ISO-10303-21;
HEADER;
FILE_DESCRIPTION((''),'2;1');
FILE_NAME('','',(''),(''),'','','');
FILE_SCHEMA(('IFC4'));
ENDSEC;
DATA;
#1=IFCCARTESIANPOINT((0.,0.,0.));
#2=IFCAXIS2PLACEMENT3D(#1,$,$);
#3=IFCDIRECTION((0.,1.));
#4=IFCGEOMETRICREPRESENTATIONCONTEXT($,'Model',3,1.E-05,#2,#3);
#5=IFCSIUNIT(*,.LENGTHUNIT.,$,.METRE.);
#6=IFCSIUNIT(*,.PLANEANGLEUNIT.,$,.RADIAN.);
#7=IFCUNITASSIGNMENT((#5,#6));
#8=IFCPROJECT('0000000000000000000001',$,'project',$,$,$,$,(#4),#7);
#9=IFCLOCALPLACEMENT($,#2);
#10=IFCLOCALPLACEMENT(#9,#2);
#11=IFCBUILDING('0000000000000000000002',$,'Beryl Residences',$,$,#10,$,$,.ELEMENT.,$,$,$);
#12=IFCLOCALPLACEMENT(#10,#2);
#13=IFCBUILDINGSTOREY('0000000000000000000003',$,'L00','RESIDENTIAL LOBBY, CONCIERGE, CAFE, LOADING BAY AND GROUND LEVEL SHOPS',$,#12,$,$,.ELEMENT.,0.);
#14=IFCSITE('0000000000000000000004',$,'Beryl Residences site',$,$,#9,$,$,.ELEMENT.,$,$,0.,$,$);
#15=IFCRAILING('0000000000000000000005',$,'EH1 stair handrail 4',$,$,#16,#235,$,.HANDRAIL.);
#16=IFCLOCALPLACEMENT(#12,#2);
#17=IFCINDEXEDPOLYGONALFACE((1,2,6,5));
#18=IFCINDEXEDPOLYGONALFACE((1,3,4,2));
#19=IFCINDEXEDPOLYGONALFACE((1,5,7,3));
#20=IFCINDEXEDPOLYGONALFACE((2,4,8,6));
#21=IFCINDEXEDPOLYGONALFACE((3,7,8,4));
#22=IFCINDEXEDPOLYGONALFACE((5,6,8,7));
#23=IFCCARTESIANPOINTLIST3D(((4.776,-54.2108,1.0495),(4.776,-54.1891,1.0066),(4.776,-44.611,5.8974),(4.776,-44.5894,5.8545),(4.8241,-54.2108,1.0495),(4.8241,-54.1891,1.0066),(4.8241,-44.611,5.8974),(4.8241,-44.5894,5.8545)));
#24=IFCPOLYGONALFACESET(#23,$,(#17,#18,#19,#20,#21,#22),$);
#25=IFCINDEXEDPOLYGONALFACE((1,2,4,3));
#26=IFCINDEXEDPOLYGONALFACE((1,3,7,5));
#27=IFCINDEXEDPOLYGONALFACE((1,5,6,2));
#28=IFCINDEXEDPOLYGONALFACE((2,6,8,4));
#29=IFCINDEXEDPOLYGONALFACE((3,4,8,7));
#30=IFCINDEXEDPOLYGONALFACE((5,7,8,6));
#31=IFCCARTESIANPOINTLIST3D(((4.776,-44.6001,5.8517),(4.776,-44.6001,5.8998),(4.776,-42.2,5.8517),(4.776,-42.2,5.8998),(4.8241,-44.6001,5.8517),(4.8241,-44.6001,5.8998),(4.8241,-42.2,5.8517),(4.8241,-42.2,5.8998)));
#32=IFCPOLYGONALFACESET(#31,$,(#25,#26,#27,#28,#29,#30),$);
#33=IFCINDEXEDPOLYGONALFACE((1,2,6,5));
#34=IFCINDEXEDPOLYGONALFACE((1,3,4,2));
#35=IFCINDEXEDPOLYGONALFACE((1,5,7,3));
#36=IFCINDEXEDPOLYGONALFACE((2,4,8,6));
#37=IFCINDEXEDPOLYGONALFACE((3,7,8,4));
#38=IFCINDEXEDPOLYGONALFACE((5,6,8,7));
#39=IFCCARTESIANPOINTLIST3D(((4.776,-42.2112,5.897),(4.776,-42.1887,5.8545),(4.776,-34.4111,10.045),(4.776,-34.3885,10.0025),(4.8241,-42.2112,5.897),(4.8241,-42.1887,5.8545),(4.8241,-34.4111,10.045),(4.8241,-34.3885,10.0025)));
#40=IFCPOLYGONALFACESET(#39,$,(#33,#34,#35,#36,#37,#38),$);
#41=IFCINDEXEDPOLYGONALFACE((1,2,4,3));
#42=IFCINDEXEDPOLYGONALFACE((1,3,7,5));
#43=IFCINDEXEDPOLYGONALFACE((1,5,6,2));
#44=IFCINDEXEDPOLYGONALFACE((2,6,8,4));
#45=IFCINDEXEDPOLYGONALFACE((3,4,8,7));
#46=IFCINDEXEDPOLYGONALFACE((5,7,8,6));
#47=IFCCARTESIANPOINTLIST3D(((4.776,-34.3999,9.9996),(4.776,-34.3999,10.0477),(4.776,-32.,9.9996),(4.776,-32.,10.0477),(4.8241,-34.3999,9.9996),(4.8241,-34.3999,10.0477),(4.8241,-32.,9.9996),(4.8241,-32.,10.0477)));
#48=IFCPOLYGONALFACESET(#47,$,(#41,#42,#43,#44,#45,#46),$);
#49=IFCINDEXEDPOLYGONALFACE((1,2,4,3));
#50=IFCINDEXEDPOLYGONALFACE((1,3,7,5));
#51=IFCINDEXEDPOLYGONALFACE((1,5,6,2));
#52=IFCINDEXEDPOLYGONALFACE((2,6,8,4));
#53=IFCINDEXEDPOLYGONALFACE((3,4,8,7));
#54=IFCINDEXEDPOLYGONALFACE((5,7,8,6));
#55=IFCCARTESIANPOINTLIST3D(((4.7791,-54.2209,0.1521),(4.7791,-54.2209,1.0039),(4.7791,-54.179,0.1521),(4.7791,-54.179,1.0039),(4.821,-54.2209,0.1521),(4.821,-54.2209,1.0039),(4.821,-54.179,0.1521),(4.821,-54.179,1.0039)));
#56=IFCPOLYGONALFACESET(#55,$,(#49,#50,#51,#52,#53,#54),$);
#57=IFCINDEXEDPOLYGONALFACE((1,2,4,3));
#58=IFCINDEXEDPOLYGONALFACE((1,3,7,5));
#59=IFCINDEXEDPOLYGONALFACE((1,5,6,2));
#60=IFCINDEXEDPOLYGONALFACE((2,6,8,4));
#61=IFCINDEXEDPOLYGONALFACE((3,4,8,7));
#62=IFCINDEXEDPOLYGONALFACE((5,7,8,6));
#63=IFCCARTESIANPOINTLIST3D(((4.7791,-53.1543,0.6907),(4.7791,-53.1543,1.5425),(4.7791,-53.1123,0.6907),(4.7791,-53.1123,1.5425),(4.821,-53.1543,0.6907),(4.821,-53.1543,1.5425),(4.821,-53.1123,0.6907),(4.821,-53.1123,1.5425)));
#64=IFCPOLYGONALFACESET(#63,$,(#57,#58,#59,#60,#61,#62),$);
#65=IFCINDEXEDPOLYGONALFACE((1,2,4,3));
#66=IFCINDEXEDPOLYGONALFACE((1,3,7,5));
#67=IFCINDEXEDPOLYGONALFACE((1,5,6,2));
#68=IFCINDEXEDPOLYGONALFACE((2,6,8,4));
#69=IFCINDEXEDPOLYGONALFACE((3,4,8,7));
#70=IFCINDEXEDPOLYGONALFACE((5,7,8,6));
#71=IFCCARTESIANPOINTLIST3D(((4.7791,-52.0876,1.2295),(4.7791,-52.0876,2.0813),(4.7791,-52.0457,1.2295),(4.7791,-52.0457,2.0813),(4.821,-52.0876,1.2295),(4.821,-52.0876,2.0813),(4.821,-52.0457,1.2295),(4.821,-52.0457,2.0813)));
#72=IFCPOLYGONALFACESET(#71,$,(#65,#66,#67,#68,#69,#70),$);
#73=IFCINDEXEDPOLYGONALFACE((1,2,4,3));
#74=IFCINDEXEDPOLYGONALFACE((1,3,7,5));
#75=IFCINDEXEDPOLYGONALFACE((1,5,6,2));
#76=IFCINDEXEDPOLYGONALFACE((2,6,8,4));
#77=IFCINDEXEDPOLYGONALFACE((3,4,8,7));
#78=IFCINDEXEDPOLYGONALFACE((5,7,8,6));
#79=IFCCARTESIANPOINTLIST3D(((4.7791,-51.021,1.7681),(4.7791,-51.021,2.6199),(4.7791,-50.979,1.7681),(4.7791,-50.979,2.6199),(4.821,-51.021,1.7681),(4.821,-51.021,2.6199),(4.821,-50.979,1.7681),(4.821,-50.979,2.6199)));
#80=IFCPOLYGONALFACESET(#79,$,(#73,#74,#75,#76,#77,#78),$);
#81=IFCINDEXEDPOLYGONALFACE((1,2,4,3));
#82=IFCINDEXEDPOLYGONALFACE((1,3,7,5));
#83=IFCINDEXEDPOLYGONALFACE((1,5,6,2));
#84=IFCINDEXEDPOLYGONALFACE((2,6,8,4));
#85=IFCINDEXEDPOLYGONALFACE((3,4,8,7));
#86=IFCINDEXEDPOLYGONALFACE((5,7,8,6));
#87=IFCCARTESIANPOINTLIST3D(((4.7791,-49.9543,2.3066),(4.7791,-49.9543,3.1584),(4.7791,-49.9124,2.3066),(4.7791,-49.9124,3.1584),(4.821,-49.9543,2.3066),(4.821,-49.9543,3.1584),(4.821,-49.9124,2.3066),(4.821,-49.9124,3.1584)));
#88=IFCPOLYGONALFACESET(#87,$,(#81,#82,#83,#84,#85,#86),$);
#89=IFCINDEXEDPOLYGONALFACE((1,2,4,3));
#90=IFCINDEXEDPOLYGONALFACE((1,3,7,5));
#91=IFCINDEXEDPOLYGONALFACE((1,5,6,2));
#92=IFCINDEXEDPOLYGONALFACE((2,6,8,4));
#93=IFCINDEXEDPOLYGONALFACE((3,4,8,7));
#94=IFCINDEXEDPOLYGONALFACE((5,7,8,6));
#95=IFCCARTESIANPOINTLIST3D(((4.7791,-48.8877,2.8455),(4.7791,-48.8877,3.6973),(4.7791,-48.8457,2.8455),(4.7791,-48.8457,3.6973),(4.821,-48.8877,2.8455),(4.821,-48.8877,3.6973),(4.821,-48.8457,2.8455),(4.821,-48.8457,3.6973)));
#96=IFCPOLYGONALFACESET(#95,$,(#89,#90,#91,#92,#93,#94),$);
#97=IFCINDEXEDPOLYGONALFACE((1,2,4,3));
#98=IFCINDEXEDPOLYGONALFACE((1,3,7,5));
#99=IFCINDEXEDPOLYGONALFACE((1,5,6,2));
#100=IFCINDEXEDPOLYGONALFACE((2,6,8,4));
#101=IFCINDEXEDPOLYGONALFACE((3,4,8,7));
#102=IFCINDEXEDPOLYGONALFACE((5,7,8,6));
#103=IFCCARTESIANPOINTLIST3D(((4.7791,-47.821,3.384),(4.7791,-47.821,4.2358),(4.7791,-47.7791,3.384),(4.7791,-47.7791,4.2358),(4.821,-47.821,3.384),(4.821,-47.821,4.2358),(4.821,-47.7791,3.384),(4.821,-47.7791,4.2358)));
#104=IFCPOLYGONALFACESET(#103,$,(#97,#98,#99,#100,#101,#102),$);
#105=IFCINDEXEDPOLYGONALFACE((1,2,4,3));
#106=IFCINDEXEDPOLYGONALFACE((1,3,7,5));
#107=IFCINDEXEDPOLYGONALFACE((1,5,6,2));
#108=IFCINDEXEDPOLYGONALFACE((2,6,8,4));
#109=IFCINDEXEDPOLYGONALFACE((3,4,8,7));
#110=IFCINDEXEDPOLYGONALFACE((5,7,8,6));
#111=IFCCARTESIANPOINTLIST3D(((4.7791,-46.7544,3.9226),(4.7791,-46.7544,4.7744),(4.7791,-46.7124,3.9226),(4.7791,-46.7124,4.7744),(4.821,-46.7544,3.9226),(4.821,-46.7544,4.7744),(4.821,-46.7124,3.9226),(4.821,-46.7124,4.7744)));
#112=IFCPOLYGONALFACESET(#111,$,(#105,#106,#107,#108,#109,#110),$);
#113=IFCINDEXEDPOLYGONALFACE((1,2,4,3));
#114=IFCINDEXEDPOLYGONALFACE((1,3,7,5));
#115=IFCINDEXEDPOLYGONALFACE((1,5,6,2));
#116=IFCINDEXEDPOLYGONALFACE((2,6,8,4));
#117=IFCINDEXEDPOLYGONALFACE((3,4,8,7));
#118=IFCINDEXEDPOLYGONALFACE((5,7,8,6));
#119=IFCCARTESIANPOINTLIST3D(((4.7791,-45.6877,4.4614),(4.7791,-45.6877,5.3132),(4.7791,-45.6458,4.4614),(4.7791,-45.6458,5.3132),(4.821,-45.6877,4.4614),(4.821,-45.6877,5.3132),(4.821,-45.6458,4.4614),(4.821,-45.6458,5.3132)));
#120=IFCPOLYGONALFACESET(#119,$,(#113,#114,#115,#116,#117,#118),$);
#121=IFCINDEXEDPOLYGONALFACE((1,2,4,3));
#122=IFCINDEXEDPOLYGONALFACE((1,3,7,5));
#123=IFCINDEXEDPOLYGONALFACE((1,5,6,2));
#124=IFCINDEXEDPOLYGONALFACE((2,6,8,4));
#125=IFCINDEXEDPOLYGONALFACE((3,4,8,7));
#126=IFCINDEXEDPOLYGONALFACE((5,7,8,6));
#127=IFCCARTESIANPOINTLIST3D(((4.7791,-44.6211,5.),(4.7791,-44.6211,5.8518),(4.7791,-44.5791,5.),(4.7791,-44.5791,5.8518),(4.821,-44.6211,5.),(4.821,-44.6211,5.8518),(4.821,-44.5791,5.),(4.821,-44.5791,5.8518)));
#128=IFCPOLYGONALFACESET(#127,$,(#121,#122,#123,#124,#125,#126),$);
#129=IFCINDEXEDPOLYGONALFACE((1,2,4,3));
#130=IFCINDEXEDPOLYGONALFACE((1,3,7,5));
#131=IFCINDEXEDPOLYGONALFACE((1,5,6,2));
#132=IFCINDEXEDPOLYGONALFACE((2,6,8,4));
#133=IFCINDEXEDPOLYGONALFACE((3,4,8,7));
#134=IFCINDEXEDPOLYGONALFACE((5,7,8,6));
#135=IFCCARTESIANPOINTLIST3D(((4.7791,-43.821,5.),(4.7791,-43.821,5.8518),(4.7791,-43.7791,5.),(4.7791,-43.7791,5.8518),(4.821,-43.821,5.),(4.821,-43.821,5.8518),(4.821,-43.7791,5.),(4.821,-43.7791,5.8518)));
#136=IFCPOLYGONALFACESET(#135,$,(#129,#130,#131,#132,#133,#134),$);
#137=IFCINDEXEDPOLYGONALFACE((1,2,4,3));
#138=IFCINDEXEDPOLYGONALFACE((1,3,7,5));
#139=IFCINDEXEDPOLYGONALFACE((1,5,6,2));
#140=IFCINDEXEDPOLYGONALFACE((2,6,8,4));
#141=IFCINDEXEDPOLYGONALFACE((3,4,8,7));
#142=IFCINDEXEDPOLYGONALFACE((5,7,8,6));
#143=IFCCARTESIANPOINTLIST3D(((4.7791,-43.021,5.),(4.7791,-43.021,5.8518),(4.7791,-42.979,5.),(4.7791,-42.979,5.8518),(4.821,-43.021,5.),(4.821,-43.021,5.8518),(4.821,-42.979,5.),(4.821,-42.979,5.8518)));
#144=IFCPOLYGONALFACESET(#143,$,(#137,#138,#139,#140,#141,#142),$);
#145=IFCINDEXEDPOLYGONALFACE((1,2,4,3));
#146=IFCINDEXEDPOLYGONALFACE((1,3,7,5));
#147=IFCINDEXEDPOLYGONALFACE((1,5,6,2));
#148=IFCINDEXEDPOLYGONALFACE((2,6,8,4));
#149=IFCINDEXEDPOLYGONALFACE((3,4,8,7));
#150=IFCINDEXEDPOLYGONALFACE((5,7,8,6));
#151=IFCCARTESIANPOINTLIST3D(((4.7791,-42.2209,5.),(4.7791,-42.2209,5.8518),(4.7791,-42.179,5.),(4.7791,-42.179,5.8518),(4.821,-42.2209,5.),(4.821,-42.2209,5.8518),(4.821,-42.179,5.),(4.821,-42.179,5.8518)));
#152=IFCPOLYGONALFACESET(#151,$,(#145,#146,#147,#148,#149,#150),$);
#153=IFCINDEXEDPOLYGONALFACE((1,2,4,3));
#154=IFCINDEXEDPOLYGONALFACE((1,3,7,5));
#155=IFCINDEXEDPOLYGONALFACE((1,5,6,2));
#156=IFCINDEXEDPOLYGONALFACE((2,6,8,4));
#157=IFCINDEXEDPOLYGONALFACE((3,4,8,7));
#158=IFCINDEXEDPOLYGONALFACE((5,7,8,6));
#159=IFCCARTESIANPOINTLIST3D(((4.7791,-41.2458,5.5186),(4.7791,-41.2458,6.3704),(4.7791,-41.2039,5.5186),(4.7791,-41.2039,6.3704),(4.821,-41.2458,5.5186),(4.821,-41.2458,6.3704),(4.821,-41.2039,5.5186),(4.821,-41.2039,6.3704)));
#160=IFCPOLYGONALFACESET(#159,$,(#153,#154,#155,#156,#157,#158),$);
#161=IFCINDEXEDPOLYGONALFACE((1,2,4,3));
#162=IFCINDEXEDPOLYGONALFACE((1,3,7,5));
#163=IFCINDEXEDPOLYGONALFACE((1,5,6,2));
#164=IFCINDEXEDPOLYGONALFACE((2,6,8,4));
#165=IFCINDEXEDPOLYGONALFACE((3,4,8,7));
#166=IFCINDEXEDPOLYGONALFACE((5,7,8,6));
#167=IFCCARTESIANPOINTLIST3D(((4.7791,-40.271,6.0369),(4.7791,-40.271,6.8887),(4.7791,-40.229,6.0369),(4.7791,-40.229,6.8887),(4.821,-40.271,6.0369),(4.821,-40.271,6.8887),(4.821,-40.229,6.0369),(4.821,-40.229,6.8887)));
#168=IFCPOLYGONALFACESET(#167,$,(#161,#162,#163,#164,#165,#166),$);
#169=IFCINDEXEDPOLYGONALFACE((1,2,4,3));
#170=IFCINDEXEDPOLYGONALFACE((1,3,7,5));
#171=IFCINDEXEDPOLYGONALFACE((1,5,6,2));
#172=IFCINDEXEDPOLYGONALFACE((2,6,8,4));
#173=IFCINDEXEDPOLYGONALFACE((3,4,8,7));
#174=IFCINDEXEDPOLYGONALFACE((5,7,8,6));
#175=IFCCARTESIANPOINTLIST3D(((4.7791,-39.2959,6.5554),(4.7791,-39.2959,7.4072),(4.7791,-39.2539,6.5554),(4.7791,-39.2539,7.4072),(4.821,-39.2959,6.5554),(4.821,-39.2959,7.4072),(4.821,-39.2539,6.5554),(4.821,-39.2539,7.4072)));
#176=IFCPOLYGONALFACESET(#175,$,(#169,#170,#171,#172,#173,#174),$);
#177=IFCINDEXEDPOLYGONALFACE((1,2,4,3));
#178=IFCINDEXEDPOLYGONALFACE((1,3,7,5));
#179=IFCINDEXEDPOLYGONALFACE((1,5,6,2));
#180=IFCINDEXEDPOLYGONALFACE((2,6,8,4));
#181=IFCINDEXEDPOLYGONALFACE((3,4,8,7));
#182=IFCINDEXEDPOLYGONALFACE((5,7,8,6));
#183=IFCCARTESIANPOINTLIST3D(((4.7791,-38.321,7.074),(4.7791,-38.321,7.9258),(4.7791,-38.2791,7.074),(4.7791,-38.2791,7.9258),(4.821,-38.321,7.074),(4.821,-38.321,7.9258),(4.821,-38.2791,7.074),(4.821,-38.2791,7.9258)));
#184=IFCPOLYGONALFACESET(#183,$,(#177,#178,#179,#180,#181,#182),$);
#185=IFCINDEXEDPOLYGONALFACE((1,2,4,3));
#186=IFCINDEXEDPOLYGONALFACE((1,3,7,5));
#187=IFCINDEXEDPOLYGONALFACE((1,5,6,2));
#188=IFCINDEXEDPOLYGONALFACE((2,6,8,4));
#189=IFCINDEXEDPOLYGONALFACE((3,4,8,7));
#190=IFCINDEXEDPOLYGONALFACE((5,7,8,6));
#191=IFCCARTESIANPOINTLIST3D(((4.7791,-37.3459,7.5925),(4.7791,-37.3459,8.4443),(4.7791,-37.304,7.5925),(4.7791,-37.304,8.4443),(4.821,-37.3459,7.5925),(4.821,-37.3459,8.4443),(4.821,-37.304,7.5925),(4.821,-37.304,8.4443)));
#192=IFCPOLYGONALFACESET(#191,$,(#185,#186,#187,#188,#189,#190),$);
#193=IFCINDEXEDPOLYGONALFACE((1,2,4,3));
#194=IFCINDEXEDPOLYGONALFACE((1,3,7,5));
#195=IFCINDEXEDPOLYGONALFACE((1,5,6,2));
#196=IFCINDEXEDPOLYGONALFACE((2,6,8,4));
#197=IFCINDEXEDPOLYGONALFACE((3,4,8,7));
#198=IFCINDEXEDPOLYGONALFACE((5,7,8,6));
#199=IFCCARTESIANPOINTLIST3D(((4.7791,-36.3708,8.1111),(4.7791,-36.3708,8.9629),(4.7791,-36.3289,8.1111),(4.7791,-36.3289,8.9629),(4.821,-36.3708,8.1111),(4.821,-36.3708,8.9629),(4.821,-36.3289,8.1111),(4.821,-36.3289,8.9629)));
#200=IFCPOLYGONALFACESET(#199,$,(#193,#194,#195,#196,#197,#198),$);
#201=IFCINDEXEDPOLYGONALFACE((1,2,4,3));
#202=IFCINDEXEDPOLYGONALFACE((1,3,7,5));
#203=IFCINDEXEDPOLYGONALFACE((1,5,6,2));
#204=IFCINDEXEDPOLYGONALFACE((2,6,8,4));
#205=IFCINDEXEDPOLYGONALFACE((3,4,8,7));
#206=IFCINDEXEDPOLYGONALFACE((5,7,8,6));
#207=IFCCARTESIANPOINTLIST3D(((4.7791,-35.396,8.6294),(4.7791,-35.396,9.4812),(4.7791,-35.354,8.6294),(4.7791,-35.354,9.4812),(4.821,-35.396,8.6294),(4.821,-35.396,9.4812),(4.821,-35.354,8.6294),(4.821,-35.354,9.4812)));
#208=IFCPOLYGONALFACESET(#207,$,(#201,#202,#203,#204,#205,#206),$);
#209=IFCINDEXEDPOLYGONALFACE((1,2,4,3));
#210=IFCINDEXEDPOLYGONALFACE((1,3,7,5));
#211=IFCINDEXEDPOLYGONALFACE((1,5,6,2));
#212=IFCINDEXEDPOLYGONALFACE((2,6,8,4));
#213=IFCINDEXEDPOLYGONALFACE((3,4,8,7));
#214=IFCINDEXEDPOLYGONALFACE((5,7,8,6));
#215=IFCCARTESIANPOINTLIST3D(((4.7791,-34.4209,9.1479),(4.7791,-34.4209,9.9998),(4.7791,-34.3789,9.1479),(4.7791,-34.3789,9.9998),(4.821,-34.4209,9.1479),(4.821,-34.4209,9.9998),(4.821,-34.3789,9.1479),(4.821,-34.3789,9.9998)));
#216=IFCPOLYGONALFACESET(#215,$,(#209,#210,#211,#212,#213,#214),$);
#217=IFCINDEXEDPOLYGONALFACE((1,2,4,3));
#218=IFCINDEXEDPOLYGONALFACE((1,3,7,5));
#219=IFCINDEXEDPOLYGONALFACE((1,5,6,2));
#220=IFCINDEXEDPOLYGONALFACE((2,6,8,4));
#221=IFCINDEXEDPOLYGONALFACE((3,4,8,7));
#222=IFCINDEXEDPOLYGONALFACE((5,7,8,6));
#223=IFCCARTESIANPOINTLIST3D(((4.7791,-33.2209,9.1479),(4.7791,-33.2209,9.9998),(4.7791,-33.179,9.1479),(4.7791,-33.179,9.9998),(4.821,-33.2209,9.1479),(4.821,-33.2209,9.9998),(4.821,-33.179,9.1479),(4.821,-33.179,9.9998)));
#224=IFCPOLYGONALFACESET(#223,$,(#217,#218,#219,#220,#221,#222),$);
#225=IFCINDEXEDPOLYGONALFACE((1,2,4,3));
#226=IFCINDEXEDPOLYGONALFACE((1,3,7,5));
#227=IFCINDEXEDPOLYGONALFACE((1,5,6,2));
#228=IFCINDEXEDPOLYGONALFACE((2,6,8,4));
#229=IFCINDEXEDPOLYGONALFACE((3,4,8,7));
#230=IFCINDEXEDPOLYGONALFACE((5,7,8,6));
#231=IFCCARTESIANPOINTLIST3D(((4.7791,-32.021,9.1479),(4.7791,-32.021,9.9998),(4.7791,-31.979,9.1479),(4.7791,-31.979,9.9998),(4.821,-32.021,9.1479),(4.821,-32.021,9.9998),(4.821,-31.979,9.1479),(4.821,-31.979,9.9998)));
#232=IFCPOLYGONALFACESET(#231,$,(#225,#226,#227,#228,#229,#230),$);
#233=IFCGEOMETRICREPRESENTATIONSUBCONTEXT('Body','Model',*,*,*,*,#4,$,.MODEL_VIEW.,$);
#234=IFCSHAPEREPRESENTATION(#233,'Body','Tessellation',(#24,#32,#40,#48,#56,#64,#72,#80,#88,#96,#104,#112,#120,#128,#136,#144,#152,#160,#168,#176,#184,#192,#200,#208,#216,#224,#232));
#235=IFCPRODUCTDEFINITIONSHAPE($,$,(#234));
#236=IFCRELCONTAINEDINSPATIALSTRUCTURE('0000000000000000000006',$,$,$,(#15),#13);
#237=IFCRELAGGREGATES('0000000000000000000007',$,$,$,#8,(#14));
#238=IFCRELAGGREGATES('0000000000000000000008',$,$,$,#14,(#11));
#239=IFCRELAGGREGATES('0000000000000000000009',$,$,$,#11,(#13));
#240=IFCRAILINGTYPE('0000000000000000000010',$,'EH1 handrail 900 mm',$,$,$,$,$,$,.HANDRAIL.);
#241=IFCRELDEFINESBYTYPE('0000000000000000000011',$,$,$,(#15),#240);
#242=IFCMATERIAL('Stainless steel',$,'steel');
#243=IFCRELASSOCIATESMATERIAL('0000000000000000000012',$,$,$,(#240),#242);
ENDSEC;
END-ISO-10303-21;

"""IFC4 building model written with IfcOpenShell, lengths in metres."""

from ifc_helpers import new_model, si_unit, direction, frame, origin, origin_2d, place, context, subcontext, project, spatial, rectangle, extrude, material, type_object, element, save


model = new_model("IFC4")

# Units and contexts
model_context = context("Model", 3, precision=1e-05, world=origin(), true_north=direction((0.0, 1.0)))
body_context = subcontext(model_context, "Body", "Model", "MODEL_VIEW")
ifc_project = project(units=[si_unit("LENGTHUNIT", "METRE"), si_unit("PLANEANGLEUNIT", "RADIAN")], contexts=[model_context])

# Site, building, storey
site_placement = place(None, origin())
site = spatial("IfcSite", under=ifc_project, at=site_placement, Name="Beryl Residences site", CompositionType="ELEMENT", RefElevation=0.0)
building_placement = place(site_placement, origin())
building = spatial("IfcBuilding", under=site, at=building_placement, Name="Beryl Residences", CompositionType="ELEMENT")
storey_placement = place(building_placement, origin())
storey = spatial("IfcBuildingStorey", under=building, at=storey_placement, Name="L00", Description="RESIDENTIAL LOBBY, CONCIERGE, CAFE, LOADING BAY AND GROUND LEVEL SHOPS", CompositionType="ELEMENT", Elevation=0.0)

# Railing
ifc_material_1 = material(Name="Stainless steel", Category="steel")
railing_type_1 = type_object("IfcRailingType", Name="EH1 handrail 900 mm", PredefinedType="HANDRAIL", material=ifc_material_1)
railing_1_placement = place(storey_placement, frame((4.8, -54.2, 0.1521)))
element("IfcRailing", 1, at=railing_1_placement, inside=storey, type_object=railing_type_1, Name="EH1 stair handrail 4", PredefinedType="HANDRAIL", context=body_context, shape_type="SweptSolid", body=[
    extrude(rectangle(XDim=0.0481, YDim=0.0481, at=origin_2d()), frame((0.0, 0.0, 0.876), z_axis=(0.0, 0.892636, 0.450779), x_axis=(-1.0, 0.0, 0.0)), (0.0, 0.0, 1.0), 10.7544),
    extrude(rectangle(XDim=0.0481, YDim=0.0481, at=origin_2d()), frame((0.0, 9.5999, 5.7236), z_axis=(0.0, 1.0, 0.0), x_axis=(-1.0, 0.0, 0.0)), (0.0, 0.0, 1.0), 2.4001),
    extrude(rectangle(XDim=0.0481, YDim=0.0481, at=origin_2d()), frame((0.0, 12.0, 5.7236), z_axis=(0.0, 0.88292, 0.469524), x_axis=(-1.0, 0.0, 0.0)), (0.0, 0.0, 1.0), 8.8345),
    extrude(rectangle(XDim=0.0481, YDim=0.0481, at=origin_2d()), frame((0.0, 19.8, 9.8716), z_axis=(0.0, 1.0, 0.0), x_axis=(-1.0, 0.0, 0.0)), (0.0, 0.0, 1.0), 2.3999),
    extrude(rectangle(XDim=0.042, YDim=0.042, at=origin_2d()), origin(), (0.0, 0.0, 1.0), 0.8518),
    extrude(rectangle(XDim=0.042, YDim=0.042, at=origin_2d()), frame((0.0, 1.0667, 0.5386)), (0.0, 0.0, 1.0), 0.8518),
    extrude(rectangle(XDim=0.042, YDim=0.042, at=origin_2d()), frame((0.0, 2.1333, 1.0774)), (0.0, 0.0, 1.0), 0.8518),
    extrude(rectangle(XDim=0.042, YDim=0.042, at=origin_2d()), frame((0.0, 3.2, 1.616)), (0.0, 0.0, 1.0), 0.8518),
    extrude(rectangle(XDim=0.042, YDim=0.042, at=origin_2d()), frame((0.0, 4.2666, 2.1545)), (0.0, 0.0, 1.0), 0.8518),
    extrude(rectangle(XDim=0.042, YDim=0.042, at=origin_2d()), frame((0.0, 5.3333, 2.6934)), (0.0, 0.0, 1.0), 0.8518),
    extrude(rectangle(XDim=0.042, YDim=0.042, at=origin_2d()), frame((0.0, 6.3999, 3.2319)), (0.0, 0.0, 1.0), 0.8518),
    extrude(rectangle(XDim=0.042, YDim=0.042, at=origin_2d()), frame((0.0, 7.4666, 3.7705)), (0.0, 0.0, 1.0), 0.8518),
    extrude(rectangle(XDim=0.042, YDim=0.042, at=origin_2d()), frame((0.0, 8.5332, 4.3093)), (0.0, 0.0, 1.0), 0.8518),
    extrude(rectangle(XDim=0.042, YDim=0.042, at=origin_2d()), frame((0.0, 9.5999, 4.8479)), (0.0, 0.0, 1.0), 0.8518),
    extrude(rectangle(XDim=0.042, YDim=0.042, at=origin_2d()), frame((0.0, 10.3999, 4.8479)), (0.0, 0.0, 1.0), 0.8518),
    extrude(rectangle(XDim=0.042, YDim=0.042, at=origin_2d()), frame((0.0, 11.2, 4.8479)), (0.0, 0.0, 1.0), 0.8518),
    extrude(rectangle(XDim=0.042, YDim=0.042, at=origin_2d()), frame((0.0, 12.0, 4.8479)), (0.0, 0.0, 1.0), 0.8518),
    extrude(rectangle(XDim=0.042, YDim=0.042, at=origin_2d()), frame((0.0, 12.9751, 5.3665)), (0.0, 0.0, 1.0), 0.8518),
    extrude(rectangle(XDim=0.042, YDim=0.042, at=origin_2d()), frame((0.0, 13.95, 5.8848)), (0.0, 0.0, 1.0), 0.8518),
    extrude(rectangle(XDim=0.042, YDim=0.042, at=origin_2d()), frame((0.0, 14.925, 6.4033)), (0.0, 0.0, 1.0), 0.8518),
    extrude(rectangle(XDim=0.042, YDim=0.042, at=origin_2d()), frame((0.0, 15.8999, 6.9219)), (0.0, 0.0, 1.0), 0.8518),
    extrude(rectangle(XDim=0.042, YDim=0.042, at=origin_2d()), frame((0.0, 16.875, 7.4404)), (0.0, 0.0, 1.0), 0.8518),
    extrude(rectangle(XDim=0.042, YDim=0.042, at=origin_2d()), frame((0.0, 17.8501, 7.959)), (0.0, 0.0, 1.0), 0.8518),
    extrude(rectangle(XDim=0.042, YDim=0.042, at=origin_2d()), frame((0.0, 18.825, 8.4773)), (0.0, 0.0, 1.0), 0.8518),
    extrude(rectangle(XDim=0.042, YDim=0.042, at=origin_2d()), frame((0.0, 19.8, 8.9958)), (0.0, 0.0, 1.0), 0.8518),
    extrude(rectangle(XDim=0.042, YDim=0.042, at=origin_2d()), frame((0.0, 21.0, 8.9958)), (0.0, 0.0, 1.0), 0.8518),
    extrude(rectangle(XDim=0.042, YDim=0.042, at=origin_2d()), frame((0.0, 22.2, 8.9958)), (0.0, 0.0, 1.0), 0.8518),
])

save(model, "model.ifc")
